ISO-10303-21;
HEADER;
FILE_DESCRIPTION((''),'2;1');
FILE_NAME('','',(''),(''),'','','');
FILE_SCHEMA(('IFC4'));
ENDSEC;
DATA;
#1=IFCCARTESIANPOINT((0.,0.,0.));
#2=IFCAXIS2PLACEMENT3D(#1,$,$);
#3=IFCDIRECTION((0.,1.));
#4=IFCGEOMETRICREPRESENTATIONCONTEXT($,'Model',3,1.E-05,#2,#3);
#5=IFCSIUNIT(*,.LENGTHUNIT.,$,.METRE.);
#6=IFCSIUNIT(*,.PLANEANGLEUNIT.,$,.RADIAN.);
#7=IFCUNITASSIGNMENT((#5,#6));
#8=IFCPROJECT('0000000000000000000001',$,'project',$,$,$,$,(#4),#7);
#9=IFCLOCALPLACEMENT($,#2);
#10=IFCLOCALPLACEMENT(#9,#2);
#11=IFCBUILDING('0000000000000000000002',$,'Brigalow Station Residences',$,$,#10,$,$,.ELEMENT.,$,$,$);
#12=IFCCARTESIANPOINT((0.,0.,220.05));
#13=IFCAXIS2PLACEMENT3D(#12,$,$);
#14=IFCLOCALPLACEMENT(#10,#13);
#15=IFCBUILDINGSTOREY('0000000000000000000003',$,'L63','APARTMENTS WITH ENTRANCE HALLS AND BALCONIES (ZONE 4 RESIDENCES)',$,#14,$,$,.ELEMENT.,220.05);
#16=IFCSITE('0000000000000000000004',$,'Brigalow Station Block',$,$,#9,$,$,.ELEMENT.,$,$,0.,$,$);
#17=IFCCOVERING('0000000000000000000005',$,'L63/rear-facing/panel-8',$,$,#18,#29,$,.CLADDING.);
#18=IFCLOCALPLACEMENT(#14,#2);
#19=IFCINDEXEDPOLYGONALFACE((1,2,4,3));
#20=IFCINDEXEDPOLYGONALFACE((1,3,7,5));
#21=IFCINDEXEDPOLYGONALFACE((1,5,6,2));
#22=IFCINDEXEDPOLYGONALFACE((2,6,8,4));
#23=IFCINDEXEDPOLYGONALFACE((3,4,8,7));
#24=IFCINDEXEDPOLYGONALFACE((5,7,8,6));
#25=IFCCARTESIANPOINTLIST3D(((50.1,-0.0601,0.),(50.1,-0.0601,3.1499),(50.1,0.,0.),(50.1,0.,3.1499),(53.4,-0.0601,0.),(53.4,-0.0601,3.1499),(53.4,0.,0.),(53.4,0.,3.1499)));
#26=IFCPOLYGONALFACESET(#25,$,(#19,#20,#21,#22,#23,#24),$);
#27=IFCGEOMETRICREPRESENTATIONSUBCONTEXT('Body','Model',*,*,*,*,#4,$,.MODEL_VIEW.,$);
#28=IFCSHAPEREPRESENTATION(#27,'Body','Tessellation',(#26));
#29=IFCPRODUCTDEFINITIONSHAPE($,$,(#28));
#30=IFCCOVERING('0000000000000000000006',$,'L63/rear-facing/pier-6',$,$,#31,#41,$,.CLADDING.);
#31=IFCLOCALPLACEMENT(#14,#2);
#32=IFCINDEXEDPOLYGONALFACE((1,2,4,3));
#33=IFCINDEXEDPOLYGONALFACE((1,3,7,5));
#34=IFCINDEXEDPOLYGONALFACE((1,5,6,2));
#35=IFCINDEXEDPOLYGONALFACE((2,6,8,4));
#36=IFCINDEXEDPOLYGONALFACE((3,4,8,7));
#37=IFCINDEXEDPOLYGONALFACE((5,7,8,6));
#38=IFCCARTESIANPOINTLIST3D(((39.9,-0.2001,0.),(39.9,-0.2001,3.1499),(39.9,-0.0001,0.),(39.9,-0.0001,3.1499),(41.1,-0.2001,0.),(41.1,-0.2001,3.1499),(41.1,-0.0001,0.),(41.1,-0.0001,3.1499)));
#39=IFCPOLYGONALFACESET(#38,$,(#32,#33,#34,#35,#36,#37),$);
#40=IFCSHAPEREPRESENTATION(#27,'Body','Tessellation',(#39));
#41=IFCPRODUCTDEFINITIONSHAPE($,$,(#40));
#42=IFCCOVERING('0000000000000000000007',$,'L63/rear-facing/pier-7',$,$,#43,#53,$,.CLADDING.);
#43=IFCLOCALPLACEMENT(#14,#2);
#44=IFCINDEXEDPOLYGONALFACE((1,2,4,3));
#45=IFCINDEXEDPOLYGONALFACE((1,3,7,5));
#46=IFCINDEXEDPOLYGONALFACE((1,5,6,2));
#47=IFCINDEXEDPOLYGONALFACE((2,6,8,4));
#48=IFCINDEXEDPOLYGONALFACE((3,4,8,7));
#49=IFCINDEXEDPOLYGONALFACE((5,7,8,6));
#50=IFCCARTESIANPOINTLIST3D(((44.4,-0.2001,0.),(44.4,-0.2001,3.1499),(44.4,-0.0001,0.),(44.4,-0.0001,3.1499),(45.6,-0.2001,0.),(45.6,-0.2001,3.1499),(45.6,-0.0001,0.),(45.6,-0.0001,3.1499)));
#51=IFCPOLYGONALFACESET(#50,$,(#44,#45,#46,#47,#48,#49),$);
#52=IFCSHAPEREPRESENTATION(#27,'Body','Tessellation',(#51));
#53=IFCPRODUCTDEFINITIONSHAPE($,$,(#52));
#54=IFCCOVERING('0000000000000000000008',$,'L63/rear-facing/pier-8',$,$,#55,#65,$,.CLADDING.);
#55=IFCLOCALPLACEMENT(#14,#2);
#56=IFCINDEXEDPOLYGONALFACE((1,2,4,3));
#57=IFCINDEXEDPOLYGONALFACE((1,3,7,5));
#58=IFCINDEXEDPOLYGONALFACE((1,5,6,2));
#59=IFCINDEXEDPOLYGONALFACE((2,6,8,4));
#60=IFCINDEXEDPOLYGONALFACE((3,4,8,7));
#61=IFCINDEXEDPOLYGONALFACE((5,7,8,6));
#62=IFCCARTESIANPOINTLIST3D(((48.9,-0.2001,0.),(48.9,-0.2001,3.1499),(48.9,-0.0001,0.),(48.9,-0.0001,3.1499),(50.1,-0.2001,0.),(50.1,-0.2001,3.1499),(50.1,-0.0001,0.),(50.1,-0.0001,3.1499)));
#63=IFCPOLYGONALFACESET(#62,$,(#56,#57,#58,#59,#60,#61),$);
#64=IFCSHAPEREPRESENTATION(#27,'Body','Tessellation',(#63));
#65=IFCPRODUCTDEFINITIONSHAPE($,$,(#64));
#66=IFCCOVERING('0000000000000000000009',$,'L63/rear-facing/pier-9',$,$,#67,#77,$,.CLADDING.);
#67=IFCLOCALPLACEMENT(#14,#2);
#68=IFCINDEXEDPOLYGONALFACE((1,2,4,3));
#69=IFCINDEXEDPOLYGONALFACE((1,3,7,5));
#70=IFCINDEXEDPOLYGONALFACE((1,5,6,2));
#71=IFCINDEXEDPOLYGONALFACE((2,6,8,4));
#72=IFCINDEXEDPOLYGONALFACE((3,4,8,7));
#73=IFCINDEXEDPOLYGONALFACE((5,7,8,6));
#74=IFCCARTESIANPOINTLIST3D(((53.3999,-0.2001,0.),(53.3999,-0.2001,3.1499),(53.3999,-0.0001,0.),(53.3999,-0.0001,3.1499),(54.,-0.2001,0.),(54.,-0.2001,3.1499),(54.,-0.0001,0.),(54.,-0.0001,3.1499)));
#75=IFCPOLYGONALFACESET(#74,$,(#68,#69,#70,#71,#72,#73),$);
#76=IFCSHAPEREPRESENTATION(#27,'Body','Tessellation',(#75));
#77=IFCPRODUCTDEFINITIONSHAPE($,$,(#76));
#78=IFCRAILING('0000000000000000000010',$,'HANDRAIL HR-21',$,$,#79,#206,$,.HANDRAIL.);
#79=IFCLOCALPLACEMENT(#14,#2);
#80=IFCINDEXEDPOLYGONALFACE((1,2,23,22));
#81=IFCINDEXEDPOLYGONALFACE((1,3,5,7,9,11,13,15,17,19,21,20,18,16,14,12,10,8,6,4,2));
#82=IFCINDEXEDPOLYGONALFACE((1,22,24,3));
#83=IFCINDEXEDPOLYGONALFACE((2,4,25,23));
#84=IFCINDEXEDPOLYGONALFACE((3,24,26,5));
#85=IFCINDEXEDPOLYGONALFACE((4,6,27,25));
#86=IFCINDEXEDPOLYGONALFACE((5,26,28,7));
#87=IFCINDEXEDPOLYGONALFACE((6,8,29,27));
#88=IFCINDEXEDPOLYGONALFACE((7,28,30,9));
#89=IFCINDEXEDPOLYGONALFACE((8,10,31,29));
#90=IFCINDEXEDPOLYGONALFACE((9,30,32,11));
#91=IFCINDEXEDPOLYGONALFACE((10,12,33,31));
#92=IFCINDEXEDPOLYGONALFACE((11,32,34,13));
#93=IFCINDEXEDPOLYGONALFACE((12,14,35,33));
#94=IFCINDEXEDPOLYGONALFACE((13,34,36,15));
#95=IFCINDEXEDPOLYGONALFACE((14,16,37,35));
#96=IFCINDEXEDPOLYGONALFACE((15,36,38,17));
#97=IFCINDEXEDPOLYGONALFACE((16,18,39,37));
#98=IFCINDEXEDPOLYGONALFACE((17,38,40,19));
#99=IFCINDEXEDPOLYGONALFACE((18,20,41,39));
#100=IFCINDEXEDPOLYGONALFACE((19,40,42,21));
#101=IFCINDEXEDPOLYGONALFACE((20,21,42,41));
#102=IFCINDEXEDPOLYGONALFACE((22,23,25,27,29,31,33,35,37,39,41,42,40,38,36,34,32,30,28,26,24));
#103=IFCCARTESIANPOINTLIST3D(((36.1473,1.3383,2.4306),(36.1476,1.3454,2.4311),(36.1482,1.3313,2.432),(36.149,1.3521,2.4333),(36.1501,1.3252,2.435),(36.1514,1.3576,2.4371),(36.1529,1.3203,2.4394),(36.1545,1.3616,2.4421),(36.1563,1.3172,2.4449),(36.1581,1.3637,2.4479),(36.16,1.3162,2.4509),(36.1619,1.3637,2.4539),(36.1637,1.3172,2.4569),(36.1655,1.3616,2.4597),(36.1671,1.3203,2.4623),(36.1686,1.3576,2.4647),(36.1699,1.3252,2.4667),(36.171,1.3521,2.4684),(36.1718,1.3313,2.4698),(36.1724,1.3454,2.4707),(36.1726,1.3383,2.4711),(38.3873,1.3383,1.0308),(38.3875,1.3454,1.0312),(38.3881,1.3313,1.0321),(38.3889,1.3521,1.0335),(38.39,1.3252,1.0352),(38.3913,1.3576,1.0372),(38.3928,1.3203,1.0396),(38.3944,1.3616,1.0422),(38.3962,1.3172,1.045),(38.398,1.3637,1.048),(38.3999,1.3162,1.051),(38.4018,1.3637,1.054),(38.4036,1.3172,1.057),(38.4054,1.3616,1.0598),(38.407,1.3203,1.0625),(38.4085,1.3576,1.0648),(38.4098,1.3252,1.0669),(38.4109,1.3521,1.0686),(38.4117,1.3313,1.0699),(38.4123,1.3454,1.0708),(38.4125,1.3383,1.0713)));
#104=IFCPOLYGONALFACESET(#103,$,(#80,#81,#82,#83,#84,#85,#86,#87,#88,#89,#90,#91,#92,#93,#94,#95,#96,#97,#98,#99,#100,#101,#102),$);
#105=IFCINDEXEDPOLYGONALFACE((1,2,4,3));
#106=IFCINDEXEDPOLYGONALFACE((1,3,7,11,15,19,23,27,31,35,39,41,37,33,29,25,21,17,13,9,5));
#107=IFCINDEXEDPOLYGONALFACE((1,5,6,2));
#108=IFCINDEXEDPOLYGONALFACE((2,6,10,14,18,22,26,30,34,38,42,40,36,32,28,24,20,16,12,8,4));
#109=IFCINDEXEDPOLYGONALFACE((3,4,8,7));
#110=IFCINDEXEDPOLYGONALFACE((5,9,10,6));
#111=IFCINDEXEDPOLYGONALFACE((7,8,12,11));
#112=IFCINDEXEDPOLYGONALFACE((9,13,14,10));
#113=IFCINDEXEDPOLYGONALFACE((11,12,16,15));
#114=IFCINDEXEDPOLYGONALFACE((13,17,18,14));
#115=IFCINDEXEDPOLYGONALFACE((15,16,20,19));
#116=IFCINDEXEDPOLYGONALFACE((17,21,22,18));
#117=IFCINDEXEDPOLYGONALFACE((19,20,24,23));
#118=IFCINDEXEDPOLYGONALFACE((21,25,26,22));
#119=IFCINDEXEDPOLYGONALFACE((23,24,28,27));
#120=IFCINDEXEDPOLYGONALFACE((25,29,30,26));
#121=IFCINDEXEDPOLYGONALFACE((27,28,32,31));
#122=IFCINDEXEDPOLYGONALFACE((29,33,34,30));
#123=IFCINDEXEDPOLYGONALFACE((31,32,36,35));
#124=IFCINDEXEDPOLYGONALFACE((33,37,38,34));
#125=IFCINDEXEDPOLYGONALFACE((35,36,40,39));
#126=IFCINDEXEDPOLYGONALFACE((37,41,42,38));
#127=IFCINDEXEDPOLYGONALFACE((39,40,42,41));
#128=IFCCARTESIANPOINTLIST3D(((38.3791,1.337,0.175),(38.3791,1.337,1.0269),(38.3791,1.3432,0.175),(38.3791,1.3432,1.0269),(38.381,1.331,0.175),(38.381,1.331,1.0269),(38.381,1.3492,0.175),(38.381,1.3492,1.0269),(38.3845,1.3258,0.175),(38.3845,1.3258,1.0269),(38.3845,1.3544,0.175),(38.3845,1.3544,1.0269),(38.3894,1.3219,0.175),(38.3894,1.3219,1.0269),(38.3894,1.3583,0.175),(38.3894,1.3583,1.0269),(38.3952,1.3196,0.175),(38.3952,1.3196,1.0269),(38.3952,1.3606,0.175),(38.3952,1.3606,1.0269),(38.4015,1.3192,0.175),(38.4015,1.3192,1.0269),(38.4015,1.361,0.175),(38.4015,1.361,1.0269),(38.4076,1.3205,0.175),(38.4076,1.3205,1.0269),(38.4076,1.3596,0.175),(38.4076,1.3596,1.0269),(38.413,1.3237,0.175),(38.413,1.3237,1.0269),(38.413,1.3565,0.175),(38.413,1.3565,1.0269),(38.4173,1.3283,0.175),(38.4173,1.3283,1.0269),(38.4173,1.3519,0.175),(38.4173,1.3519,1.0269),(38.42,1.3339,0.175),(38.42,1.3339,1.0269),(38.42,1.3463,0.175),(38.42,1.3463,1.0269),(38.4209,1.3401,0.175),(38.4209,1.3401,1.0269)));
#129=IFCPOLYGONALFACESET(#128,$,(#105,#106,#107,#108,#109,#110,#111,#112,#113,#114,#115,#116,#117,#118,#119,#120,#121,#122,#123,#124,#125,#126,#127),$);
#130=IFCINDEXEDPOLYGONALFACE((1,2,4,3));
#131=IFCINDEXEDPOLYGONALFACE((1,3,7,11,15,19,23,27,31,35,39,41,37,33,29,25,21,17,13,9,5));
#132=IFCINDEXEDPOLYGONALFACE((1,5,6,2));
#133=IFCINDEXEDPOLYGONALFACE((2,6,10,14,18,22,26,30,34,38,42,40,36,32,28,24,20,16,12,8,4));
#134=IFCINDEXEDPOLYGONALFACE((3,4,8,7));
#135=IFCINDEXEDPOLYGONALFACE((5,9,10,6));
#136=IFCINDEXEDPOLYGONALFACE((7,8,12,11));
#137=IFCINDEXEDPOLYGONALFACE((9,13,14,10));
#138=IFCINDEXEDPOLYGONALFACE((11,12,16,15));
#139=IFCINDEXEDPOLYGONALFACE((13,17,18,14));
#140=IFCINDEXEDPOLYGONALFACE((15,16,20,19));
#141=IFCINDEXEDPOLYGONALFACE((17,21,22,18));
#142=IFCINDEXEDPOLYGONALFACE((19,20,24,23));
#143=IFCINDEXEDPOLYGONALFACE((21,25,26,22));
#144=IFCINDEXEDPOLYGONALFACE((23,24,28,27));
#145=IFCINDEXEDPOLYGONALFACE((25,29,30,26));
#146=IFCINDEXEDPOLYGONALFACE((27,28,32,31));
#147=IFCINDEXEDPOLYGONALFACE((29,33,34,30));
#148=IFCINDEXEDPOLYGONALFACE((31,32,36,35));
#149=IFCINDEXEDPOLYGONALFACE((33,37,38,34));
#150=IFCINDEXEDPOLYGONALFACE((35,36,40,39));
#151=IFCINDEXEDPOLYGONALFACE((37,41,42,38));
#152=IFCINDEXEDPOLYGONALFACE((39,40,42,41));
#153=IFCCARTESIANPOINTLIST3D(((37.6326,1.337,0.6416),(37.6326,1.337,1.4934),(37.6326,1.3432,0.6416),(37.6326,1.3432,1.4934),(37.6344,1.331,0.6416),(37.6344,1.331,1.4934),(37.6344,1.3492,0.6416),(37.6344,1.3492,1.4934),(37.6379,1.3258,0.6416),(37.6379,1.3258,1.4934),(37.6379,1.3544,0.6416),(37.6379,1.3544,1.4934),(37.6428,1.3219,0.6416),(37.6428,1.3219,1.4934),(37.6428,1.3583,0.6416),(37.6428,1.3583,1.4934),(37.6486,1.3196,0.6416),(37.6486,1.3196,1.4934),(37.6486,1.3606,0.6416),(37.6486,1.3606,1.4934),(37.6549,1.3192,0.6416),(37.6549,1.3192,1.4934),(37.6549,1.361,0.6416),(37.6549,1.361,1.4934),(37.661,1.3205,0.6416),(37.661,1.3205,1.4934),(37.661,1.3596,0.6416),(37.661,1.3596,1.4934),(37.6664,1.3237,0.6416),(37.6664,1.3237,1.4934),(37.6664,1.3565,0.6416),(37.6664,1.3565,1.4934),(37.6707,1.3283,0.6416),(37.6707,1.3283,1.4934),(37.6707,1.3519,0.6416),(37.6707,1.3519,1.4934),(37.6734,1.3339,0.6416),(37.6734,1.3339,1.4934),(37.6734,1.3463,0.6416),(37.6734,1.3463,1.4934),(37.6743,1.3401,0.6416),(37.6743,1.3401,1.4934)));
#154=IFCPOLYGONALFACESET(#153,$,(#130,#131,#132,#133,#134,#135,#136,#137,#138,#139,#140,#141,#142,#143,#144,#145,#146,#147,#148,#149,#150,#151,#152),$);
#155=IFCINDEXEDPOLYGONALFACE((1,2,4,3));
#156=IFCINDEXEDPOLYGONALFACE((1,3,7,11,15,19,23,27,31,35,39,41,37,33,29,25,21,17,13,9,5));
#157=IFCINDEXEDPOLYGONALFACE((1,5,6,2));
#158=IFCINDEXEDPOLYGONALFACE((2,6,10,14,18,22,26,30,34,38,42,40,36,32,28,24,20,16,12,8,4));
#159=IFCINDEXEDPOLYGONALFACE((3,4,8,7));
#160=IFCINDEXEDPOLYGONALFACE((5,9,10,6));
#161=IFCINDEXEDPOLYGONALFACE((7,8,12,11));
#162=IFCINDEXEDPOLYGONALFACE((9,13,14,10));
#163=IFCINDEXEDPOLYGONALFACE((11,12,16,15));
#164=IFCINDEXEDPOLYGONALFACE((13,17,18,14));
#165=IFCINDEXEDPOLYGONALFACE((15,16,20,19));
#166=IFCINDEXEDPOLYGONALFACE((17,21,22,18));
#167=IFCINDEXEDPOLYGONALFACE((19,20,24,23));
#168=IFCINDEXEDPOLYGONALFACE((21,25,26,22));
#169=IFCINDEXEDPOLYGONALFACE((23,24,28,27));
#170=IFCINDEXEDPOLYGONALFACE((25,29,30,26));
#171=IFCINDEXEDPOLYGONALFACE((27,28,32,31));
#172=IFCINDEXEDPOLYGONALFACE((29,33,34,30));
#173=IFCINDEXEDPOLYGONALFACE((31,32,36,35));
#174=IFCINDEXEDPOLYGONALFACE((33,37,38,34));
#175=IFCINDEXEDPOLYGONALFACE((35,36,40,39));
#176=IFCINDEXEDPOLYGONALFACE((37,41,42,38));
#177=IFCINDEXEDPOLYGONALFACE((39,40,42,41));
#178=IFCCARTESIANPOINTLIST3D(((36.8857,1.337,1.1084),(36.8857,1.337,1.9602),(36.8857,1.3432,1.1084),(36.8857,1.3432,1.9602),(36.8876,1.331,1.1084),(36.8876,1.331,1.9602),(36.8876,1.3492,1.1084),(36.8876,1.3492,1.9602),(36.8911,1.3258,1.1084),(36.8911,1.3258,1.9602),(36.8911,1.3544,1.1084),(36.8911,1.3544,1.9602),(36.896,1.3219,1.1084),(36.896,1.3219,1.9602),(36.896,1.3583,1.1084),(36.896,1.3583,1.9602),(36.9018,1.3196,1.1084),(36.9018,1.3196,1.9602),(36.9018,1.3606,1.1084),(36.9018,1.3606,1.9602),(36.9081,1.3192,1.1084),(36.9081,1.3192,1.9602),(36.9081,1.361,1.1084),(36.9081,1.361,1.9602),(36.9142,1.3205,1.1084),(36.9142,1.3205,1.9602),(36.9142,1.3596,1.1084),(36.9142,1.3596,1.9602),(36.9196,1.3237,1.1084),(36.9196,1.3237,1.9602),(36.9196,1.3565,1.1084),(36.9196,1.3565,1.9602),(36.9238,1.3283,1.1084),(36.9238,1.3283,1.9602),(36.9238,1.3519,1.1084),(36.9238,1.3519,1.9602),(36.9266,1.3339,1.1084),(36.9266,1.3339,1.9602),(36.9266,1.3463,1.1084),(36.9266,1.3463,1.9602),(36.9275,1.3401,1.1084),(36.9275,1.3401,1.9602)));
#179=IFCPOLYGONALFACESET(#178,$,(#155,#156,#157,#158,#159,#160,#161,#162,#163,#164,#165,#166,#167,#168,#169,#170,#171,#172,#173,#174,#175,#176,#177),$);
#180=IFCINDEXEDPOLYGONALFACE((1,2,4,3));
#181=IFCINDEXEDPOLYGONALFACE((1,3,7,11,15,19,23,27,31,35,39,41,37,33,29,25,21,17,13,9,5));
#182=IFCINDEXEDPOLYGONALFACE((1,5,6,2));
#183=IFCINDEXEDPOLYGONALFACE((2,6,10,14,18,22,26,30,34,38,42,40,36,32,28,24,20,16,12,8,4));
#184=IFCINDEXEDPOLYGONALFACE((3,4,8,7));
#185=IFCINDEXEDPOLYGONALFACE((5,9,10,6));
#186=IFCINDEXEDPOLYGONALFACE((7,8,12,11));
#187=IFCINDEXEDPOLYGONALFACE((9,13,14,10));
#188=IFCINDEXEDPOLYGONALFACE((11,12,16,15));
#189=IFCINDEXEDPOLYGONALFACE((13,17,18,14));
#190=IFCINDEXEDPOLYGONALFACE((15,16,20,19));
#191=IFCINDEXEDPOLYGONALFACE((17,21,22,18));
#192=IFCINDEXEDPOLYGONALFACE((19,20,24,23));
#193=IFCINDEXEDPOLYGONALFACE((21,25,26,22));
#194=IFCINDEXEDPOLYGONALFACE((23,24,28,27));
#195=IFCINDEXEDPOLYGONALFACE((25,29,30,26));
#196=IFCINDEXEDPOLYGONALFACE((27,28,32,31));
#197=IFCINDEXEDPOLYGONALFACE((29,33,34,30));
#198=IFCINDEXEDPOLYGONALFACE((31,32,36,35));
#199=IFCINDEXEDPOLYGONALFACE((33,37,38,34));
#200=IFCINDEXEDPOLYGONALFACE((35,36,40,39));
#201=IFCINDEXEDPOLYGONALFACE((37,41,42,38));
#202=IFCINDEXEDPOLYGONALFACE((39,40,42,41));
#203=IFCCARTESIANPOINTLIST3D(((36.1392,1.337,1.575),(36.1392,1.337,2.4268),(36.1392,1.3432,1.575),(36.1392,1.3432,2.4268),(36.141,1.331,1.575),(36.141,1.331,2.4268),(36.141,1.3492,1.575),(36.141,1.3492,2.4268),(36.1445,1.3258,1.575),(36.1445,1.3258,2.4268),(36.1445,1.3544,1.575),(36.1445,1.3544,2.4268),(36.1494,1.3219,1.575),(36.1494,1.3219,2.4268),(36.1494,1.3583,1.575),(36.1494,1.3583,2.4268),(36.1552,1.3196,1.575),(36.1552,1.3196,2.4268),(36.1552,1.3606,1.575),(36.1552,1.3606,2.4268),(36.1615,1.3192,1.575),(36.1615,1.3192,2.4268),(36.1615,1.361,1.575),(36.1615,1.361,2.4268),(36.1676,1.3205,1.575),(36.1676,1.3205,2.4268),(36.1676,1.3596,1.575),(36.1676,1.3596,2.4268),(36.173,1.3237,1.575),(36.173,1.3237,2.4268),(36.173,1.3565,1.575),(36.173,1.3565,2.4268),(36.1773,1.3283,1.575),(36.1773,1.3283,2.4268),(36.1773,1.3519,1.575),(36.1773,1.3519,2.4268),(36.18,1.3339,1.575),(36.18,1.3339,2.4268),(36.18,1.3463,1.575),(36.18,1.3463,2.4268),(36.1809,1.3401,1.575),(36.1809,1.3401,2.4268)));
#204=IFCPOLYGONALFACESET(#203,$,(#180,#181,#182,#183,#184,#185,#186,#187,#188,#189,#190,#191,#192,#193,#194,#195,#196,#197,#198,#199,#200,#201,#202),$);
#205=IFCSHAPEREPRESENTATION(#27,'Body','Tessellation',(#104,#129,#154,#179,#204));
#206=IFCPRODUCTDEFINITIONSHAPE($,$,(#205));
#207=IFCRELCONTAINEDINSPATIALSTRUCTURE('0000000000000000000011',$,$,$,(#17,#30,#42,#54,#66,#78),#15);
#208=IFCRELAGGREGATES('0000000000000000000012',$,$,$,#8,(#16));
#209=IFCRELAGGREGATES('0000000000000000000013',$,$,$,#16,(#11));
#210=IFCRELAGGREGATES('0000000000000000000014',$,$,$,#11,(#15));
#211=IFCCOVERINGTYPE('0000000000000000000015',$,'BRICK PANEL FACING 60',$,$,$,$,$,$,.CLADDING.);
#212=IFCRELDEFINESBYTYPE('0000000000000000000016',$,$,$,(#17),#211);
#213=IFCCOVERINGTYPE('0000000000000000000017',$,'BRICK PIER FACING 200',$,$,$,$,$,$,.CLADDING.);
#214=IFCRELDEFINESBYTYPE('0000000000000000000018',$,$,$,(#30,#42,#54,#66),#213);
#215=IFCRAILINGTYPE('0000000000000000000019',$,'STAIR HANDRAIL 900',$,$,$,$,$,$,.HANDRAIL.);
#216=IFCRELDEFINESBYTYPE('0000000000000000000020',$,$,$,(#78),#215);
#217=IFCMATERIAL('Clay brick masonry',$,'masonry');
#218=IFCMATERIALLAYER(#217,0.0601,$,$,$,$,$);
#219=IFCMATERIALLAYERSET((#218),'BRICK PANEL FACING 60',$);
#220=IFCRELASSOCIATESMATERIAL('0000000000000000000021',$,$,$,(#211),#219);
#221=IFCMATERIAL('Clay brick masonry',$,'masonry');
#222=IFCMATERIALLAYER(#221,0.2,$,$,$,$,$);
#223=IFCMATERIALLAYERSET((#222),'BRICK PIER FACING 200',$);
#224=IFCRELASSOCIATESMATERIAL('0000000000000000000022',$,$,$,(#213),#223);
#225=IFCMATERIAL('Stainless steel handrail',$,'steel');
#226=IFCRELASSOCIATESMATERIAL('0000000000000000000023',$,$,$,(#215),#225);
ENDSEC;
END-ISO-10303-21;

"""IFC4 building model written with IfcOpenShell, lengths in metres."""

from ifc_helpers import new_model, si_unit, direction, frame, origin, origin_2d, place, context, subcontext, project, spatial, rectangle, circle, extrude, material, layer, layer_set, type_object, element, save


model = new_model("IFC4")

# Units and contexts
model_context = context("Model", 3, precision=1e-05, world=origin(), true_north=direction((0.0, 1.0)))
body_context = subcontext(model_context, "Body", "Model", "MODEL_VIEW")
ifc_project = project(units=[si_unit("LENGTHUNIT", "METRE"), si_unit("PLANEANGLEUNIT", "RADIAN")], contexts=[model_context])

# Site, building, storey
site_placement = place(None, origin())
site = spatial("IfcSite", under=ifc_project, at=site_placement, Name="Brigalow Station Block", CompositionType="ELEMENT", RefElevation=0.0)
building_placement = place(site_placement, origin())
building = spatial("IfcBuilding", under=site, at=building_placement, Name="Brigalow Station Residences", CompositionType="ELEMENT")
storey_placement = place(building_placement, frame((0.0, 0.0, 220.05)))
storey = spatial("IfcBuildingStorey", under=building, at=storey_placement, Name="L63", Description="APARTMENTS WITH ENTRANCE HALLS AND BALCONIES (ZONE 4 RESIDENCES)", CompositionType="ELEMENT", Elevation=220.05)

# Coverings
ifc_material_1 = material(Name="Clay brick masonry", Category="masonry")
ifc_layer_1 = layer(ifc_material_1, 0.0601)
ifc_layer_set_1 = layer_set([ifc_layer_1], Name="BRICK PANEL FACING 60")
covering_type_1 = type_object("IfcCoveringType", Name="BRICK PANEL FACING 60", PredefinedType="CLADDING", material=ifc_layer_set_1)
for number, where, z_axis, x_axis, name in (
    (1, (51.75, -0.03, 0.0), (0.0, 0.0, 1.0), (1.0, 0.0, 0.0), "L63/rear-facing/panel-8"),
):
    element("IfcCovering", number, at=place(storey_placement, frame(where, z_axis=z_axis, x_axis=x_axis)), inside=storey, type_object=covering_type_1, Name=name, PredefinedType="CLADDING", context=body_context, shape_type="SweptSolid", body=[
        extrude(rectangle(XDim=3.3, YDim=0.0601, at=origin_2d()), origin(), (0.0, 0.0, 1.0), 3.1499),
    ])
ifc_material_2 = material(Name="Clay brick masonry", Category="masonry")
ifc_layer_2 = layer(ifc_material_2, 0.2)
ifc_layer_set_2 = layer_set([ifc_layer_2], Name="BRICK PIER FACING 200")
covering_type_2 = type_object("IfcCoveringType", Name="BRICK PIER FACING 200", PredefinedType="CLADDING", material=ifc_layer_set_2)
for number, where, z_axis, x_axis, name in (
    (2, (40.5, -0.1001, 0.0), (0.0, 0.0, 1.0), (1.0, 0.0, 0.0), "L63/rear-facing/pier-6"),
    (3, (45.0, -0.1001, 0.0), (0.0, 0.0, 1.0), (1.0, 0.0, 0.0), "L63/rear-facing/pier-7"),
    (4, (49.5, -0.1001, 0.0), (0.0, 0.0, 1.0), (1.0, 0.0, 0.0), "L63/rear-facing/pier-8"),
):
    element("IfcCovering", number, at=place(storey_placement, frame(where, z_axis=z_axis, x_axis=x_axis)), inside=storey, type_object=covering_type_2, Name=name, PredefinedType="CLADDING", context=body_context, shape_type="SweptSolid", body=[
        extrude(rectangle(XDim=1.2, YDim=0.2, at=origin_2d()), origin(), (0.0, 0.0, 1.0), 3.1499),
    ])
covering_placement = place(storey_placement, frame((53.7, -0.1001, 0.0), z_axis=(0.0, 0.0, 1.0), x_axis=(1.0, 0.0, 0.0)))
element("IfcCovering", 5, at=covering_placement, inside=storey, type_object=covering_type_2, Name="L63/rear-facing/pier-9", PredefinedType="CLADDING", context=body_context, shape_type="SweptSolid", body=[
    extrude(rectangle(XDim=0.6001, YDim=0.2, at=origin_2d()), origin(), (0.0, 0.0, 1.0), 3.1499),
])

# Railing
ifc_material_3 = material(Name="Stainless steel handrail", Category="steel")
railing_type_1 = type_object("IfcRailingType", Name="STAIR HANDRAIL 900", PredefinedType="HANDRAIL", material=ifc_material_3)
railing_1_placement = place(storey_placement, frame((38.3999, 1.3401, 0.175)))
element("IfcRailing", 6, at=railing_1_placement, inside=storey, type_object=railing_type_1, Name="HANDRAIL HR-21", PredefinedType="HANDRAIL", context=body_context, shape_type="SweptSolid", body=[
    extrude(circle(Radius=0.0239, at=origin_2d()), frame((0.0, 0.0, 0.876), z_axis=(-0.848014, 0.0, 0.529974), x_axis=(0.0, -1.0, 0.0)), (0.0, 0.0, 1.0), 2.6414),
    extrude(circle(Radius=0.021, at=origin_2d()), origin(), (0.0, 0.0, 1.0), 0.8518),
    extrude(circle(Radius=0.021, at=origin_2d()), frame((-0.7466, 0.0, 0.4666)), (0.0, 0.0, 1.0), 0.8518),
    extrude(circle(Radius=0.021, at=origin_2d()), frame((-1.4934, 0.0, 0.9333)), (0.0, 0.0, 1.0), 0.8518),
    extrude(circle(Radius=0.021, at=origin_2d()), frame((-2.24, 0.0, 1.3999)), (0.0, 0.0, 1.0), 0.8518),
])

save(model, "model.ifc")
